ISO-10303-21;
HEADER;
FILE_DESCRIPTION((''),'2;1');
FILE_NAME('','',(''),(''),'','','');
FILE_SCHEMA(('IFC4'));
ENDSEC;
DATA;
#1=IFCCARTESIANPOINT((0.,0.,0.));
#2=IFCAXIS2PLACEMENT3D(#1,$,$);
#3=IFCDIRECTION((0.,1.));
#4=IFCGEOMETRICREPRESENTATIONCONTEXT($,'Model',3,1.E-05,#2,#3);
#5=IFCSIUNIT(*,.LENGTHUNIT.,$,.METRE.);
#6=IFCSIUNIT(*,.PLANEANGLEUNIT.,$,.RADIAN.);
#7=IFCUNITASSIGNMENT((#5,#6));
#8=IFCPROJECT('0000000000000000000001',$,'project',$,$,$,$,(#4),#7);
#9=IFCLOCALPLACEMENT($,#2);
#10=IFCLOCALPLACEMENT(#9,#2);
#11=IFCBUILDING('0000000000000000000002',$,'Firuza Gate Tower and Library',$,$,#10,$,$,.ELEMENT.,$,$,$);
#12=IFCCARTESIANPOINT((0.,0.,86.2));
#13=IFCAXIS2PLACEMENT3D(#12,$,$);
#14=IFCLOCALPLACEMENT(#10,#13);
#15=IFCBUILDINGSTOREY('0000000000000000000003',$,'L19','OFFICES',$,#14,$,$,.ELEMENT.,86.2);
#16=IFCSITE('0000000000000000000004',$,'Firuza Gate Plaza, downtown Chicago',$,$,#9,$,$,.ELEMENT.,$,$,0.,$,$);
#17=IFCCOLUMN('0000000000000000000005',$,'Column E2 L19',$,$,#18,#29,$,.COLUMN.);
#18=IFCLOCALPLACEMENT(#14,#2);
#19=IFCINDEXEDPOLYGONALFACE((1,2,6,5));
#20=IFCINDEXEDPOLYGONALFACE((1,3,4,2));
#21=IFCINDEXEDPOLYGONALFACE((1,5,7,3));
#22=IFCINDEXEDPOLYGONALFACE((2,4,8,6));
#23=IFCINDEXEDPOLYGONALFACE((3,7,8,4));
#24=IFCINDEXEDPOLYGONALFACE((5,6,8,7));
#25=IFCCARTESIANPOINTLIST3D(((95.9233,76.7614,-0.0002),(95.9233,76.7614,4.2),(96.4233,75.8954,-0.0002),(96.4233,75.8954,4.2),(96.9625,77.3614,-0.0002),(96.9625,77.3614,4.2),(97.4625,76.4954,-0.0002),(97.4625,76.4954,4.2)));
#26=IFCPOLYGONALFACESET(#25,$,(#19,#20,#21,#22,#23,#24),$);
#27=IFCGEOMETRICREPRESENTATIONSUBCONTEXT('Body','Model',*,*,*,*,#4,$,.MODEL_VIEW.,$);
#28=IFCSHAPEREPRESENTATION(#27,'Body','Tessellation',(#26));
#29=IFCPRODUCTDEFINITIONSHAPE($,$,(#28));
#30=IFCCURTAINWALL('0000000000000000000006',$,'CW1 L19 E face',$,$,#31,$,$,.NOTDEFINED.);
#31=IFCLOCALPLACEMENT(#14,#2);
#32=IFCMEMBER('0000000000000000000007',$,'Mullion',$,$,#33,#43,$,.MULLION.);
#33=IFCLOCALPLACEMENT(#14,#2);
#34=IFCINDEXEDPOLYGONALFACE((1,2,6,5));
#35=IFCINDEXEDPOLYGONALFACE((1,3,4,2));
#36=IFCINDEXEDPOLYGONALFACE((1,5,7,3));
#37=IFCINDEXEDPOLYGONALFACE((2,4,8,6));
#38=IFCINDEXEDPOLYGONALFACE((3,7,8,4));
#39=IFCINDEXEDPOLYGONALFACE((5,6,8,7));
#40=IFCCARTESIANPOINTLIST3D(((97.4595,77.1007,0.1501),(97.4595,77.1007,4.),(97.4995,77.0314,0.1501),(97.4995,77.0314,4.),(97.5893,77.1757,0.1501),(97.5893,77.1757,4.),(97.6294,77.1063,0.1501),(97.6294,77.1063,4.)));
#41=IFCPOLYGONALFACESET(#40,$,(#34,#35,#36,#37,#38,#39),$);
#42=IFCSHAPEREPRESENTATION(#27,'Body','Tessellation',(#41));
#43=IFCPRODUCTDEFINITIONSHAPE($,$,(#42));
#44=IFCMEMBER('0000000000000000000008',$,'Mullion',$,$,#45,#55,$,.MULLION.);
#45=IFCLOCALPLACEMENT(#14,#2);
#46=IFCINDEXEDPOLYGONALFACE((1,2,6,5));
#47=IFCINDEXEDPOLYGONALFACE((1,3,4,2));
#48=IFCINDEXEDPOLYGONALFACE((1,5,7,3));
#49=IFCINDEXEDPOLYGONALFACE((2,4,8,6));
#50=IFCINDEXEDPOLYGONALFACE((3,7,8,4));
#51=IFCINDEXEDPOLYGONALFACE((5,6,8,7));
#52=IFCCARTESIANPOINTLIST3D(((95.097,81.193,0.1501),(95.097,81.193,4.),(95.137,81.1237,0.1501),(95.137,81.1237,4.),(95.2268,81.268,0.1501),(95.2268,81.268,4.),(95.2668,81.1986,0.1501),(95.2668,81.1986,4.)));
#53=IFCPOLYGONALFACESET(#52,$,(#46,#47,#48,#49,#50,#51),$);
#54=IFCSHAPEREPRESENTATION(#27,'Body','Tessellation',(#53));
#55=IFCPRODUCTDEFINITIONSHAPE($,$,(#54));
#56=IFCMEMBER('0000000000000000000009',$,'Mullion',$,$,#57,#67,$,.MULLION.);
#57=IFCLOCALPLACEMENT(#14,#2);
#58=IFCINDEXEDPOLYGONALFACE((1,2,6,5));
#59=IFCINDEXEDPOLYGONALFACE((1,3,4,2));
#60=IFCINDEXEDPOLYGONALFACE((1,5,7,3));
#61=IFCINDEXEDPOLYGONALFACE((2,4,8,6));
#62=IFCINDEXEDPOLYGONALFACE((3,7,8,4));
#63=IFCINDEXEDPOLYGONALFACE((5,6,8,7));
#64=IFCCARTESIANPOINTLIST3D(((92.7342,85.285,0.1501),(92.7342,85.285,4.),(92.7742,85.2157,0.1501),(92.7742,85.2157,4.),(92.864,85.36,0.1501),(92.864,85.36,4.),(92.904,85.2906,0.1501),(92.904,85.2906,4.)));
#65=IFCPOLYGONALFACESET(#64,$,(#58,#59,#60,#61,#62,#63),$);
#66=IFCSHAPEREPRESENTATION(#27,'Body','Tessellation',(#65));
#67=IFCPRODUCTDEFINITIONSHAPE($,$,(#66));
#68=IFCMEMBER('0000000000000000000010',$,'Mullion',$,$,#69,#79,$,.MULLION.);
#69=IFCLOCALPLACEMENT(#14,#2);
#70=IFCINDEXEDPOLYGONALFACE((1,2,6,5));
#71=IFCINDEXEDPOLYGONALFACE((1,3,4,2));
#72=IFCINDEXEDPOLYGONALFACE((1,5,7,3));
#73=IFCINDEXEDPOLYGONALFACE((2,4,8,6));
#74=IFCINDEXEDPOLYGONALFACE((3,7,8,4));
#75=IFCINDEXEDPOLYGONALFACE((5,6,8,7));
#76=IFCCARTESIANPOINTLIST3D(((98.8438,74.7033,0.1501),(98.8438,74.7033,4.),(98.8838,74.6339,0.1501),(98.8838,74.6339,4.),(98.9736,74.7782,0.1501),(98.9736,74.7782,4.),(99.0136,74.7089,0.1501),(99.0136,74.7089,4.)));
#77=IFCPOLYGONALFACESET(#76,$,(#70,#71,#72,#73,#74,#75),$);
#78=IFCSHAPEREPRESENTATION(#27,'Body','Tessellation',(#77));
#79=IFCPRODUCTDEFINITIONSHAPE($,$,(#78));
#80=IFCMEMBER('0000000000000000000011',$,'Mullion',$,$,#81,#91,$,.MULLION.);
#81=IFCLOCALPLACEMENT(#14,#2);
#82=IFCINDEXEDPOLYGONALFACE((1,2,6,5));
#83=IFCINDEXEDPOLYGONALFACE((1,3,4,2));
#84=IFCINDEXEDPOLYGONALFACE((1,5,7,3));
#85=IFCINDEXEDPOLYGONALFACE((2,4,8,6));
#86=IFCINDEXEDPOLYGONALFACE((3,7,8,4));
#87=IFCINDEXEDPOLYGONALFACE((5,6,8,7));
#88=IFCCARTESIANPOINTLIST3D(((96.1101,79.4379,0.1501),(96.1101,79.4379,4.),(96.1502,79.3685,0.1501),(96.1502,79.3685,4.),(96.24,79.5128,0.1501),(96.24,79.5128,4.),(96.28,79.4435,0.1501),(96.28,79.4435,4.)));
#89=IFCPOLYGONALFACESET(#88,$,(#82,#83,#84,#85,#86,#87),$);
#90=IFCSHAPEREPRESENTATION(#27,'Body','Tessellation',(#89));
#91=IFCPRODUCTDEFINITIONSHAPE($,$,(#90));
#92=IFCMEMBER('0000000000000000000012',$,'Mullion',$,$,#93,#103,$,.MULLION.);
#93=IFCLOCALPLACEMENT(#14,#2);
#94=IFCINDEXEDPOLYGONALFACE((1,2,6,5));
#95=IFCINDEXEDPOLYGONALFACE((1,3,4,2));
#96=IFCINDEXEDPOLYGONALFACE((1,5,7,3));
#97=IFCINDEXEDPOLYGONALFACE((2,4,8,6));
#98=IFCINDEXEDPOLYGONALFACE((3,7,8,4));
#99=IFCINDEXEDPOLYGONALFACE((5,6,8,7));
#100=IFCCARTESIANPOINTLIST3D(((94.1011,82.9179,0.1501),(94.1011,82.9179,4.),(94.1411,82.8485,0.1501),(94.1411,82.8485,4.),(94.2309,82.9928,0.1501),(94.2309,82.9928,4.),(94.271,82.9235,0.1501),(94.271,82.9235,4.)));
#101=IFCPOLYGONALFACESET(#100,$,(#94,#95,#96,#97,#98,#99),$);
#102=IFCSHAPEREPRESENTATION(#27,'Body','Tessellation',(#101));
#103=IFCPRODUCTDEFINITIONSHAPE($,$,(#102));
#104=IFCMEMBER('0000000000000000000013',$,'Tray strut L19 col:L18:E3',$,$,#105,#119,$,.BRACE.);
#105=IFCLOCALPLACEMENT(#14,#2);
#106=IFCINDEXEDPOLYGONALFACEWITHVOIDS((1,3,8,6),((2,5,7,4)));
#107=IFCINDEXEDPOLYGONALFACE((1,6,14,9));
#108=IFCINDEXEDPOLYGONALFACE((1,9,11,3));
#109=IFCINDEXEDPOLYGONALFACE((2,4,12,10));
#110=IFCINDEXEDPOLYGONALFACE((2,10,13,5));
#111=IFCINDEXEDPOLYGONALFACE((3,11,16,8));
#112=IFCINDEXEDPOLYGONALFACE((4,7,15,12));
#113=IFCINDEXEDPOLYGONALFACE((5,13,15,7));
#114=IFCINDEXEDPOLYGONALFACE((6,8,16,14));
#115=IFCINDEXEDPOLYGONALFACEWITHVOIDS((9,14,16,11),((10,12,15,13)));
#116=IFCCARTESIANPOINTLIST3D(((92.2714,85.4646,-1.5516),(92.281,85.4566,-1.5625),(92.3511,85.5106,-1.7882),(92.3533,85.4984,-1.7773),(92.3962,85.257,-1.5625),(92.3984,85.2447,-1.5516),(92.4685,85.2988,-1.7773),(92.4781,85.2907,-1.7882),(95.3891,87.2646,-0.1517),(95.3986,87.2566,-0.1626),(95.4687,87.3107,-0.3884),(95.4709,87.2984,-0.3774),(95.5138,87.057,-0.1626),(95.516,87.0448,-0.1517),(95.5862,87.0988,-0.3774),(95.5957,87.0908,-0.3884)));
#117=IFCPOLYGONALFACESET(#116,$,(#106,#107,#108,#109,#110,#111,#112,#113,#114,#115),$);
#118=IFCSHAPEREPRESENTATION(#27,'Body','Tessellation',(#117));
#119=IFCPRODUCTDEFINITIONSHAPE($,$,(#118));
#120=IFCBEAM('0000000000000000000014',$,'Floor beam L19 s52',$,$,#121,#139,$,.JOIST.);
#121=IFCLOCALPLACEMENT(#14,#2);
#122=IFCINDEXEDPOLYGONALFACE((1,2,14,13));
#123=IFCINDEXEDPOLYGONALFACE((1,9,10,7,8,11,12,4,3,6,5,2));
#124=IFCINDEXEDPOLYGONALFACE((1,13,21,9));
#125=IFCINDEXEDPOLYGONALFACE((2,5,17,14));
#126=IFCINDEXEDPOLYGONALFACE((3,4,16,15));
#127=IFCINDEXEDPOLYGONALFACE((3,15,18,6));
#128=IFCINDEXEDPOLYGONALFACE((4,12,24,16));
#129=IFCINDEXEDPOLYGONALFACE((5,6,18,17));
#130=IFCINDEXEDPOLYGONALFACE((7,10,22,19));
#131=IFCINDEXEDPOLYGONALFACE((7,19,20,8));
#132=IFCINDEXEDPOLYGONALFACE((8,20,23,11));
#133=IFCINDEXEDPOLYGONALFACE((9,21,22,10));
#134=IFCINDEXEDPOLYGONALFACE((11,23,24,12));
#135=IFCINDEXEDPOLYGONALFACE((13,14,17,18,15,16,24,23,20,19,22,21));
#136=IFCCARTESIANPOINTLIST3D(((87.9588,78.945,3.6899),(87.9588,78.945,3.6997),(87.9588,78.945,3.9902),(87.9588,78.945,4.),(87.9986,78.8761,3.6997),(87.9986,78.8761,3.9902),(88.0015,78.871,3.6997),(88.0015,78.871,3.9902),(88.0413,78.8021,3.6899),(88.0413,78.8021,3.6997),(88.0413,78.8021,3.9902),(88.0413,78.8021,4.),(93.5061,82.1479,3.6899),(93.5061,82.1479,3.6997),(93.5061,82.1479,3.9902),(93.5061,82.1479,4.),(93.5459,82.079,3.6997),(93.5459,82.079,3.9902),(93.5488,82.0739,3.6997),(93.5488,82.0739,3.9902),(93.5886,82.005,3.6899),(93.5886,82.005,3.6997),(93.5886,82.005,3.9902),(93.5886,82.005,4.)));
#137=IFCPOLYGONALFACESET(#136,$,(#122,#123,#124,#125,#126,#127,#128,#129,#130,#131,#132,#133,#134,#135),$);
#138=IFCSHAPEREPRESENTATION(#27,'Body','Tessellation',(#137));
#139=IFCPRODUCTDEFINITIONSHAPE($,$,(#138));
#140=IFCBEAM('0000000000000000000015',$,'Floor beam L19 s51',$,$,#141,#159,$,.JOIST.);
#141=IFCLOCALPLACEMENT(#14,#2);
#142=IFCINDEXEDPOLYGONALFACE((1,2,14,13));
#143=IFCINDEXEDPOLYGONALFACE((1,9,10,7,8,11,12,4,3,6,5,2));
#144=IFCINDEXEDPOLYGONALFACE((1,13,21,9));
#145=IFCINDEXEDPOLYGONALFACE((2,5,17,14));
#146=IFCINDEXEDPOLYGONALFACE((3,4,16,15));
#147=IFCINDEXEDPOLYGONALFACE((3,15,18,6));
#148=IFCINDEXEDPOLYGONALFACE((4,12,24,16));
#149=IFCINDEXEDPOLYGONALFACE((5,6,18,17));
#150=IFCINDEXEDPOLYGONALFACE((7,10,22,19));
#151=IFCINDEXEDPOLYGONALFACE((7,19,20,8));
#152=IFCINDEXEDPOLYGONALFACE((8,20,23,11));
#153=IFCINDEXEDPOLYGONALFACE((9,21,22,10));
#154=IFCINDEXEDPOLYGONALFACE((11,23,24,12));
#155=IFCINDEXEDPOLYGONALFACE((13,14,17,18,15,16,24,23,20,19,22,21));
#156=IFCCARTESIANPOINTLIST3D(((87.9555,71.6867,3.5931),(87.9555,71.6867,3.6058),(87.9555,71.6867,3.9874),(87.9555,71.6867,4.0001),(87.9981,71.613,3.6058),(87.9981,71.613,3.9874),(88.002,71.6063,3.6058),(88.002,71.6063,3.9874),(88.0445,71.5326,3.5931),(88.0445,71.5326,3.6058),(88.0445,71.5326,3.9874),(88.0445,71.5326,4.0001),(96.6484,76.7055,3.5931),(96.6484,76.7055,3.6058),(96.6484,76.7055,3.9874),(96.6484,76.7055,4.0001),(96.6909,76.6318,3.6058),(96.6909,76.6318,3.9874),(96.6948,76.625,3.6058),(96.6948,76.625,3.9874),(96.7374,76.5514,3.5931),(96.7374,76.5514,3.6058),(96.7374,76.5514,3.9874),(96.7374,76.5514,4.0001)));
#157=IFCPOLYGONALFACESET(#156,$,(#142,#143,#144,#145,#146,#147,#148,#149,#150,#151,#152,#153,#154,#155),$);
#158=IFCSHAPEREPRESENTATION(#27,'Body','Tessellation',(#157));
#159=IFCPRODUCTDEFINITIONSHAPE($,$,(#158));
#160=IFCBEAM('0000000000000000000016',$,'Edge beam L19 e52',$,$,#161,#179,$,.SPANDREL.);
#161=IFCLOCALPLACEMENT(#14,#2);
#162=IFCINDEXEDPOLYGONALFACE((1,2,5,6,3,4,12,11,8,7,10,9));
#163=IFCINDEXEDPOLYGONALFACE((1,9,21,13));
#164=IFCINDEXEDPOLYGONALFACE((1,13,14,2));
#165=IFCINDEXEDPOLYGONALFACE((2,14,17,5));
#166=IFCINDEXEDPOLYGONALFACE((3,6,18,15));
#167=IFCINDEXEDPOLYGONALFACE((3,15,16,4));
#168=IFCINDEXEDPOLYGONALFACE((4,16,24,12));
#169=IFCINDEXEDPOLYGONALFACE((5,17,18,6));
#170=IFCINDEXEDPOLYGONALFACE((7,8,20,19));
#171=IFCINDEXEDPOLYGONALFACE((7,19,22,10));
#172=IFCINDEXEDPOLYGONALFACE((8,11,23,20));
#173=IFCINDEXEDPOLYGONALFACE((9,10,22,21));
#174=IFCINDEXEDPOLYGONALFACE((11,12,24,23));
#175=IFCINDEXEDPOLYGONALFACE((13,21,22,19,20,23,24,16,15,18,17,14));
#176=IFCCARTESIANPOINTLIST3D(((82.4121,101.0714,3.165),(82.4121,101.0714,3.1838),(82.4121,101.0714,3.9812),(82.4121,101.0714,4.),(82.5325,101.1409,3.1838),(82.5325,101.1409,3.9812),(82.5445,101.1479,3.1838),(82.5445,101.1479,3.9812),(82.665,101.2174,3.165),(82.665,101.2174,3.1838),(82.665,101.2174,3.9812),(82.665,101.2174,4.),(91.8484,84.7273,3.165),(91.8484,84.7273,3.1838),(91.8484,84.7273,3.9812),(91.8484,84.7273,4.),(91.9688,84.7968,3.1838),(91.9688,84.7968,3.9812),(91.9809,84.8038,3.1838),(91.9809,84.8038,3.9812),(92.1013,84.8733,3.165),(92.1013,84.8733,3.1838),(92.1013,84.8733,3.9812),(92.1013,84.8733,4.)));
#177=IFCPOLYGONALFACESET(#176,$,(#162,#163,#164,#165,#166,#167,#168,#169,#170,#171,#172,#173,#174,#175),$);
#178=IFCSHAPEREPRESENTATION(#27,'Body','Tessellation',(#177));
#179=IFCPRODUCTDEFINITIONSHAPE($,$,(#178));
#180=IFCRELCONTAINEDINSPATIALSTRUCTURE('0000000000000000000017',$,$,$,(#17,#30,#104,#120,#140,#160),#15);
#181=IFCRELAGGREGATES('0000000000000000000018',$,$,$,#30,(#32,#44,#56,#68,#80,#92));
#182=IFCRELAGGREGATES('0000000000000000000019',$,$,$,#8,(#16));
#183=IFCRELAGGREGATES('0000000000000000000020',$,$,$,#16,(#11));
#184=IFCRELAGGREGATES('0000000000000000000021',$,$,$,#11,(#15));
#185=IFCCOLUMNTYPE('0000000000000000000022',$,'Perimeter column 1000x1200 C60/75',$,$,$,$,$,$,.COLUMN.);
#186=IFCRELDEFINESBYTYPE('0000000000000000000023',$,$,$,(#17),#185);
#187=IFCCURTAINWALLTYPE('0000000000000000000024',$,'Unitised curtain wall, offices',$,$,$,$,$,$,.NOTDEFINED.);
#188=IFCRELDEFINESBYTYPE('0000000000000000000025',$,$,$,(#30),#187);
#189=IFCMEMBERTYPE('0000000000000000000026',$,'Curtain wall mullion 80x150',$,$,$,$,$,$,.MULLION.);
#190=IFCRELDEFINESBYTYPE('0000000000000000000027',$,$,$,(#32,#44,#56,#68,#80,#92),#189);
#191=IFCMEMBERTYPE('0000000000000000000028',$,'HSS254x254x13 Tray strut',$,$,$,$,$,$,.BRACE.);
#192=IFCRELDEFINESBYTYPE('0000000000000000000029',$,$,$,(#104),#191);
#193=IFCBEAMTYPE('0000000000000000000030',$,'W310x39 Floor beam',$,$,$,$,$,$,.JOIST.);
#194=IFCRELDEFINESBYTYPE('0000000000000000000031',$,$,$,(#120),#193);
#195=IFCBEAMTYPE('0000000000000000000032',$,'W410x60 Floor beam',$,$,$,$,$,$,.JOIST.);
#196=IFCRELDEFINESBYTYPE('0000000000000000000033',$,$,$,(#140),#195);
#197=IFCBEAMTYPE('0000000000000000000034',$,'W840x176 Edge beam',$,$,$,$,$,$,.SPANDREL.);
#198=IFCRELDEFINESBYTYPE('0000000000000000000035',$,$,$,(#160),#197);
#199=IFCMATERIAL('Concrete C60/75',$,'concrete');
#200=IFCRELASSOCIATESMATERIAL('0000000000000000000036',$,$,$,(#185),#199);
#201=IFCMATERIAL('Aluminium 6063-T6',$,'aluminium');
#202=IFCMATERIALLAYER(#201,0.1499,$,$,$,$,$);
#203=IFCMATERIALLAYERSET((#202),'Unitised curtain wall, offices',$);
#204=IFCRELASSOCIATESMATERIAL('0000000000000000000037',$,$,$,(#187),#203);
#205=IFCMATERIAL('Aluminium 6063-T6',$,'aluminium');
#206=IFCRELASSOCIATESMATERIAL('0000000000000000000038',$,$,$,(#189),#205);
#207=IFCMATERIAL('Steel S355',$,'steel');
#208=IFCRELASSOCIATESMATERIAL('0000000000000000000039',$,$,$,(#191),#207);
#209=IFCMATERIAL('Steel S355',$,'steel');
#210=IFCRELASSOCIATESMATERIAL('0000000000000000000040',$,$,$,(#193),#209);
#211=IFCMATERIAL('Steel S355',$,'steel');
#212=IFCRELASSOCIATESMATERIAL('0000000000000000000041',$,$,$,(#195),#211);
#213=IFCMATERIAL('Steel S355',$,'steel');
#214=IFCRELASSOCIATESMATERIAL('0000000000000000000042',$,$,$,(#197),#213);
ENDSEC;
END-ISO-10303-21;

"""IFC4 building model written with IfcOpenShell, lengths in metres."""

from ifc_helpers import new_model, si_unit, direction, frame, origin, origin_2d, place, context, subcontext, project, spatial, rectangle, hollow_rectangle, i_section, extrude, material, layer, layer_set, material_profile, profile_set, type_object, element, aggregate, save


model = new_model("IFC4")

# Units and contexts
model_context = context("Model", 3, precision=1e-05, world=origin(), true_north=direction((0.0, 1.0)))
body_context = subcontext(model_context, "Body", "Model", "MODEL_VIEW")
ifc_project = project(units=[si_unit("LENGTHUNIT", "METRE"), si_unit("PLANEANGLEUNIT", "RADIAN")], contexts=[model_context])

# Site, building, storey
site_placement = place(None, origin())
site = spatial("IfcSite", under=ifc_project, at=site_placement, Name="Firuza Gate Plaza, downtown Chicago", CompositionType="ELEMENT", RefElevation=0.0)
building_placement = place(site_placement, origin())
building = spatial("IfcBuilding", under=site, at=building_placement, Name="Firuza Gate Tower and Library", CompositionType="ELEMENT")
storey_placement = place(building_placement, frame((0.0, 0.0, 86.2)))
storey = spatial("IfcBuildingStorey", under=building, at=storey_placement, Name="L19", Description="OFFICES", CompositionType="ELEMENT", Elevation=86.2)

# Column
ifc_material_1 = material(Name="Concrete C60/75", Category="concrete")
ifc_material_profile_1 = material_profile(ifc_material_1, rectangle(XDim=1.0, YDim=1.2, at=origin_2d()))
ifc_profile_set_1 = profile_set([ifc_material_profile_1], Name="Concrete C60/75")
column_type = type_object("IfcColumnType", Name="Perimeter column 1000x1200 C60/75", PredefinedType="COLUMN", material=ifc_profile_set_1)
column_placement = place(storey_placement, frame((96.6929, 76.6284, -0.0002), z_axis=(0.0, 0.0, 1.0), x_axis=(-0.5, 0.866025, 0.0)))
element("IfcColumn", 1, at=column_placement, inside=storey, type_object=column_type, Name="Column E2 L19", PredefinedType="COLUMN", context=body_context, shape_type="SweptSolid", body=[
    extrude(rectangle(XDim=1.0, YDim=1.2, at=origin_2d()), origin(), (0.0, 0.0, 1.0), 4.2002),
])

# Curtain wall, members
ifc_material_2 = material(Name="Aluminium 6063-T6", Category="aluminium")
ifc_layer_1 = layer(ifc_material_2, 0.1499)
ifc_layer_set_1 = layer_set([ifc_layer_1], Name="Unitised curtain wall, offices")
curtain_wall_type = type_object("IfcCurtainWallType", Name="Unitised curtain wall, offices", PredefinedType="NOTDEFINED", material=ifc_layer_set_1)
placement = place(storey_placement, origin())
curtain_wall = element("IfcCurtainWall", 2, at=placement, inside=storey, type_object=curtain_wall_type, Name="CW1 L19 E face", PredefinedType="NOTDEFINED")
ifc_material_3 = material(Name="Aluminium 6063-T6", Category="aluminium")
ifc_material_profile_2 = material_profile(ifc_material_3, rectangle(XDim=0.1499, YDim=0.0801, at=origin_2d()))
ifc_profile_set_2 = profile_set([ifc_material_profile_2], Name="Aluminium 6063-T6")
member_type_1 = type_object("IfcMemberType", Name="Curtain wall mullion 80x150", PredefinedType="MULLION", material=ifc_profile_set_2)
member_1_placement = place(storey_placement, frame((97.5444, 77.1035, 0.1501), z_axis=(0.0, 0.0, 1.0), x_axis=(-0.866025, -0.5, 0.0)))
member_1 = element("IfcMember", 3, at=member_1_placement, type_object=member_type_1, Name="Mullion", PredefinedType="MULLION", context=body_context, shape_type="SweptSolid", body=[
    extrude(rectangle(XDim=0.1499, YDim=0.0801, at=origin_2d()), origin(), (0.0, 0.0, 1.0), 3.8499),
])
member_2_placement = place(storey_placement, frame((95.1819, 81.1958, 0.1501), z_axis=(0.0, 0.0, 1.0), x_axis=(-0.866025, -0.5, 0.0)))
member_2 = element("IfcMember", 4, at=member_2_placement, type_object=member_type_1, Name="Mullion", PredefinedType="MULLION", context=body_context, shape_type="SweptSolid", body=[
    extrude(rectangle(XDim=0.1499, YDim=0.0801, at=origin_2d()), origin(), (0.0, 0.0, 1.0), 3.8499),
])
member_3_placement = place(storey_placement, frame((92.8191, 85.2878, 0.1501), z_axis=(0.0, 0.0, 1.0), x_axis=(-0.866025, -0.5, 0.0)))
member_3 = element("IfcMember", 5, at=member_3_placement, type_object=member_type_1, Name="Mullion", PredefinedType="MULLION", context=body_context, shape_type="SweptSolid", body=[
    extrude(rectangle(XDim=0.1499, YDim=0.0801, at=origin_2d()), origin(), (0.0, 0.0, 1.0), 3.8499),
])
member_4_placement = place(storey_placement, frame((98.9287, 74.7061, 0.1501), z_axis=(0.0, 0.0, 1.0), x_axis=(-0.866025, -0.5, 0.0)))
member_4 = element("IfcMember", 6, at=member_4_placement, type_object=member_type_1, Name="Mullion", PredefinedType="MULLION", context=body_context, shape_type="SweptSolid", body=[
    extrude(rectangle(XDim=0.1499, YDim=0.0801, at=origin_2d()), origin(), (0.0, 0.0, 1.0), 3.8499),
])
member_5_placement = place(storey_placement, frame((96.1951, 79.4407, 0.1501), z_axis=(0.0, 0.0, 1.0), x_axis=(-0.866025, -0.5, 0.0)))
member_5 = element("IfcMember", 7, at=member_5_placement, type_object=member_type_1, Name="Mullion", PredefinedType="MULLION", context=body_context, shape_type="SweptSolid", body=[
    extrude(rectangle(XDim=0.1499, YDim=0.0801, at=origin_2d()), origin(), (0.0, 0.0, 1.0), 3.8499),
])
member_6_placement = place(storey_placement, frame((94.186, 82.9207, 0.1501), z_axis=(0.0, 0.0, 1.0), x_axis=(-0.866025, -0.5, 0.0)))
member_6 = element("IfcMember", 8, at=member_6_placement, type_object=member_type_1, Name="Mullion", PredefinedType="MULLION", context=body_context, shape_type="SweptSolid", body=[
    extrude(rectangle(XDim=0.1499, YDim=0.0801, at=origin_2d()), origin(), (0.0, 0.0, 1.0), 3.8499),
])

# Member
ifc_material_4 = material(Name="Steel S355", Category="steel")
ifc_material_profile_3 = material_profile(ifc_material_4, hollow_rectangle(XDim=0.2539, YDim=0.2539, WallThickness=0.0117, at=origin_2d()))
ifc_profile_set_3 = profile_set([ifc_material_profile_3], Name="Steel S355")
member_type_2 = type_object("IfcMemberType", Name="HSS254x254x13 Tray strut", PredefinedType="BRACE", material=ifc_profile_set_3)
member_7_placement = place(storey_placement, frame((92.3748, 85.3777, -1.6699), z_axis=(0.807141, 0.466018, 0.362423), x_axis=(-0.500012, 0.866018, 0.0)))
element("IfcMember", 9, at=member_7_placement, inside=storey, type_object=member_type_2, Name="Tray strut L19 col:L18:E3", PredefinedType="BRACE", context=body_context, shape_type="SweptSolid", body=[
    extrude(hollow_rectangle(XDim=0.2539, YDim=0.2539, WallThickness=0.0117, at=origin_2d()), origin(), (0.0, 0.0, 1.0), 3.8625),
])

# Beams
ifc_material_5 = material(Name="Steel S355", Category="steel")
ifc_material_profile_4 = material_profile(ifc_material_5, i_section(OverallWidth=0.165, OverallDepth=0.3101, WebThickness=0.0059, FlangeThickness=0.0098, at=origin_2d()))
ifc_profile_set_4 = profile_set([ifc_material_profile_4], Name="Steel S355")
beam_type_1 = type_object("IfcBeamType", Name="W310x39 Floor beam", PredefinedType="JOIST", material=ifc_profile_set_4)
beam_1_placement = place(storey_placement, frame((93.5474, 82.0764, 3.845), z_axis=(-0.866018, -0.500013, 0.0), x_axis=(0.500013, -0.866018, 0.0)))
element("IfcBeam", 10, at=beam_1_placement, inside=storey, type_object=beam_type_1, Name="Floor beam L19 s52", PredefinedType="JOIST", context=body_context, shape_type="SweptSolid", body=[
    extrude(i_section(OverallWidth=0.165, OverallDepth=0.3101, WebThickness=0.0059, FlangeThickness=0.0098, at=origin_2d()), origin(), (0.0, 0.0, 1.0), 6.4055),
])
ifc_material_6 = material(Name="Steel S355", Category="steel")
ifc_material_profile_5 = material_profile(ifc_material_6, i_section(OverallWidth=0.178, OverallDepth=0.407, WebThickness=0.0078, FlangeThickness=0.0127, at=origin_2d()))
ifc_profile_set_5 = profile_set([ifc_material_profile_5], Name="Steel S355")
beam_type_2 = type_object("IfcBeamType", Name="W410x60 Floor beam", PredefinedType="JOIST", material=ifc_profile_set_5)
beam_2_placement = place(storey_placement, frame((96.6929, 76.6284, 3.7966), z_axis=(-0.866027, -0.499998, 0.0), x_axis=(0.499998, -0.866027, 0.0)))
element("IfcBeam", 11, at=beam_2_placement, inside=storey, type_object=beam_type_2, Name="Floor beam L19 s51", PredefinedType="JOIST", context=body_context, shape_type="SweptSolid", body=[
    extrude(i_section(OverallWidth=0.178, OverallDepth=0.407, WebThickness=0.0078, FlangeThickness=0.0127, at=origin_2d()), origin(), (0.0, 0.0, 1.0), 10.0376),
])
ifc_material_7 = material(Name="Steel S355", Category="steel")
ifc_material_profile_6 = material_profile(ifc_material_7, i_section(OverallWidth=0.292, OverallDepth=0.835, WebThickness=0.0139, FlangeThickness=0.0188, at=origin_2d()))
ifc_profile_set_6 = profile_set([ifc_material_profile_6], Name="Steel S355")
beam_type_3 = type_object("IfcBeamType", Name="W840x176 Edge beam", PredefinedType="SPANDREL", material=ifc_profile_set_6)
beam_3_placement = place(storey_placement, frame((91.9749, 84.8003, 3.5825), z_axis=(-0.500003, 0.866024, 0.0), x_axis=(-0.866024, -0.500003, 0.0)))
element("IfcBeam", 12, at=beam_3_placement, inside=storey, type_object=beam_type_3, Name="Edge beam L19 e52", PredefinedType="SPANDREL", context=body_context, shape_type="SweptSolid", body=[
    extrude(i_section(OverallWidth=0.292, OverallDepth=0.835, WebThickness=0.0139, FlangeThickness=0.0188, at=origin_2d()), origin(), (0.0, 0.0, 1.0), 18.8726),
])

aggregate(curtain_wall, [member_1, member_2, member_3, member_4, member_5, member_6])

save(model, "model.ifc")
